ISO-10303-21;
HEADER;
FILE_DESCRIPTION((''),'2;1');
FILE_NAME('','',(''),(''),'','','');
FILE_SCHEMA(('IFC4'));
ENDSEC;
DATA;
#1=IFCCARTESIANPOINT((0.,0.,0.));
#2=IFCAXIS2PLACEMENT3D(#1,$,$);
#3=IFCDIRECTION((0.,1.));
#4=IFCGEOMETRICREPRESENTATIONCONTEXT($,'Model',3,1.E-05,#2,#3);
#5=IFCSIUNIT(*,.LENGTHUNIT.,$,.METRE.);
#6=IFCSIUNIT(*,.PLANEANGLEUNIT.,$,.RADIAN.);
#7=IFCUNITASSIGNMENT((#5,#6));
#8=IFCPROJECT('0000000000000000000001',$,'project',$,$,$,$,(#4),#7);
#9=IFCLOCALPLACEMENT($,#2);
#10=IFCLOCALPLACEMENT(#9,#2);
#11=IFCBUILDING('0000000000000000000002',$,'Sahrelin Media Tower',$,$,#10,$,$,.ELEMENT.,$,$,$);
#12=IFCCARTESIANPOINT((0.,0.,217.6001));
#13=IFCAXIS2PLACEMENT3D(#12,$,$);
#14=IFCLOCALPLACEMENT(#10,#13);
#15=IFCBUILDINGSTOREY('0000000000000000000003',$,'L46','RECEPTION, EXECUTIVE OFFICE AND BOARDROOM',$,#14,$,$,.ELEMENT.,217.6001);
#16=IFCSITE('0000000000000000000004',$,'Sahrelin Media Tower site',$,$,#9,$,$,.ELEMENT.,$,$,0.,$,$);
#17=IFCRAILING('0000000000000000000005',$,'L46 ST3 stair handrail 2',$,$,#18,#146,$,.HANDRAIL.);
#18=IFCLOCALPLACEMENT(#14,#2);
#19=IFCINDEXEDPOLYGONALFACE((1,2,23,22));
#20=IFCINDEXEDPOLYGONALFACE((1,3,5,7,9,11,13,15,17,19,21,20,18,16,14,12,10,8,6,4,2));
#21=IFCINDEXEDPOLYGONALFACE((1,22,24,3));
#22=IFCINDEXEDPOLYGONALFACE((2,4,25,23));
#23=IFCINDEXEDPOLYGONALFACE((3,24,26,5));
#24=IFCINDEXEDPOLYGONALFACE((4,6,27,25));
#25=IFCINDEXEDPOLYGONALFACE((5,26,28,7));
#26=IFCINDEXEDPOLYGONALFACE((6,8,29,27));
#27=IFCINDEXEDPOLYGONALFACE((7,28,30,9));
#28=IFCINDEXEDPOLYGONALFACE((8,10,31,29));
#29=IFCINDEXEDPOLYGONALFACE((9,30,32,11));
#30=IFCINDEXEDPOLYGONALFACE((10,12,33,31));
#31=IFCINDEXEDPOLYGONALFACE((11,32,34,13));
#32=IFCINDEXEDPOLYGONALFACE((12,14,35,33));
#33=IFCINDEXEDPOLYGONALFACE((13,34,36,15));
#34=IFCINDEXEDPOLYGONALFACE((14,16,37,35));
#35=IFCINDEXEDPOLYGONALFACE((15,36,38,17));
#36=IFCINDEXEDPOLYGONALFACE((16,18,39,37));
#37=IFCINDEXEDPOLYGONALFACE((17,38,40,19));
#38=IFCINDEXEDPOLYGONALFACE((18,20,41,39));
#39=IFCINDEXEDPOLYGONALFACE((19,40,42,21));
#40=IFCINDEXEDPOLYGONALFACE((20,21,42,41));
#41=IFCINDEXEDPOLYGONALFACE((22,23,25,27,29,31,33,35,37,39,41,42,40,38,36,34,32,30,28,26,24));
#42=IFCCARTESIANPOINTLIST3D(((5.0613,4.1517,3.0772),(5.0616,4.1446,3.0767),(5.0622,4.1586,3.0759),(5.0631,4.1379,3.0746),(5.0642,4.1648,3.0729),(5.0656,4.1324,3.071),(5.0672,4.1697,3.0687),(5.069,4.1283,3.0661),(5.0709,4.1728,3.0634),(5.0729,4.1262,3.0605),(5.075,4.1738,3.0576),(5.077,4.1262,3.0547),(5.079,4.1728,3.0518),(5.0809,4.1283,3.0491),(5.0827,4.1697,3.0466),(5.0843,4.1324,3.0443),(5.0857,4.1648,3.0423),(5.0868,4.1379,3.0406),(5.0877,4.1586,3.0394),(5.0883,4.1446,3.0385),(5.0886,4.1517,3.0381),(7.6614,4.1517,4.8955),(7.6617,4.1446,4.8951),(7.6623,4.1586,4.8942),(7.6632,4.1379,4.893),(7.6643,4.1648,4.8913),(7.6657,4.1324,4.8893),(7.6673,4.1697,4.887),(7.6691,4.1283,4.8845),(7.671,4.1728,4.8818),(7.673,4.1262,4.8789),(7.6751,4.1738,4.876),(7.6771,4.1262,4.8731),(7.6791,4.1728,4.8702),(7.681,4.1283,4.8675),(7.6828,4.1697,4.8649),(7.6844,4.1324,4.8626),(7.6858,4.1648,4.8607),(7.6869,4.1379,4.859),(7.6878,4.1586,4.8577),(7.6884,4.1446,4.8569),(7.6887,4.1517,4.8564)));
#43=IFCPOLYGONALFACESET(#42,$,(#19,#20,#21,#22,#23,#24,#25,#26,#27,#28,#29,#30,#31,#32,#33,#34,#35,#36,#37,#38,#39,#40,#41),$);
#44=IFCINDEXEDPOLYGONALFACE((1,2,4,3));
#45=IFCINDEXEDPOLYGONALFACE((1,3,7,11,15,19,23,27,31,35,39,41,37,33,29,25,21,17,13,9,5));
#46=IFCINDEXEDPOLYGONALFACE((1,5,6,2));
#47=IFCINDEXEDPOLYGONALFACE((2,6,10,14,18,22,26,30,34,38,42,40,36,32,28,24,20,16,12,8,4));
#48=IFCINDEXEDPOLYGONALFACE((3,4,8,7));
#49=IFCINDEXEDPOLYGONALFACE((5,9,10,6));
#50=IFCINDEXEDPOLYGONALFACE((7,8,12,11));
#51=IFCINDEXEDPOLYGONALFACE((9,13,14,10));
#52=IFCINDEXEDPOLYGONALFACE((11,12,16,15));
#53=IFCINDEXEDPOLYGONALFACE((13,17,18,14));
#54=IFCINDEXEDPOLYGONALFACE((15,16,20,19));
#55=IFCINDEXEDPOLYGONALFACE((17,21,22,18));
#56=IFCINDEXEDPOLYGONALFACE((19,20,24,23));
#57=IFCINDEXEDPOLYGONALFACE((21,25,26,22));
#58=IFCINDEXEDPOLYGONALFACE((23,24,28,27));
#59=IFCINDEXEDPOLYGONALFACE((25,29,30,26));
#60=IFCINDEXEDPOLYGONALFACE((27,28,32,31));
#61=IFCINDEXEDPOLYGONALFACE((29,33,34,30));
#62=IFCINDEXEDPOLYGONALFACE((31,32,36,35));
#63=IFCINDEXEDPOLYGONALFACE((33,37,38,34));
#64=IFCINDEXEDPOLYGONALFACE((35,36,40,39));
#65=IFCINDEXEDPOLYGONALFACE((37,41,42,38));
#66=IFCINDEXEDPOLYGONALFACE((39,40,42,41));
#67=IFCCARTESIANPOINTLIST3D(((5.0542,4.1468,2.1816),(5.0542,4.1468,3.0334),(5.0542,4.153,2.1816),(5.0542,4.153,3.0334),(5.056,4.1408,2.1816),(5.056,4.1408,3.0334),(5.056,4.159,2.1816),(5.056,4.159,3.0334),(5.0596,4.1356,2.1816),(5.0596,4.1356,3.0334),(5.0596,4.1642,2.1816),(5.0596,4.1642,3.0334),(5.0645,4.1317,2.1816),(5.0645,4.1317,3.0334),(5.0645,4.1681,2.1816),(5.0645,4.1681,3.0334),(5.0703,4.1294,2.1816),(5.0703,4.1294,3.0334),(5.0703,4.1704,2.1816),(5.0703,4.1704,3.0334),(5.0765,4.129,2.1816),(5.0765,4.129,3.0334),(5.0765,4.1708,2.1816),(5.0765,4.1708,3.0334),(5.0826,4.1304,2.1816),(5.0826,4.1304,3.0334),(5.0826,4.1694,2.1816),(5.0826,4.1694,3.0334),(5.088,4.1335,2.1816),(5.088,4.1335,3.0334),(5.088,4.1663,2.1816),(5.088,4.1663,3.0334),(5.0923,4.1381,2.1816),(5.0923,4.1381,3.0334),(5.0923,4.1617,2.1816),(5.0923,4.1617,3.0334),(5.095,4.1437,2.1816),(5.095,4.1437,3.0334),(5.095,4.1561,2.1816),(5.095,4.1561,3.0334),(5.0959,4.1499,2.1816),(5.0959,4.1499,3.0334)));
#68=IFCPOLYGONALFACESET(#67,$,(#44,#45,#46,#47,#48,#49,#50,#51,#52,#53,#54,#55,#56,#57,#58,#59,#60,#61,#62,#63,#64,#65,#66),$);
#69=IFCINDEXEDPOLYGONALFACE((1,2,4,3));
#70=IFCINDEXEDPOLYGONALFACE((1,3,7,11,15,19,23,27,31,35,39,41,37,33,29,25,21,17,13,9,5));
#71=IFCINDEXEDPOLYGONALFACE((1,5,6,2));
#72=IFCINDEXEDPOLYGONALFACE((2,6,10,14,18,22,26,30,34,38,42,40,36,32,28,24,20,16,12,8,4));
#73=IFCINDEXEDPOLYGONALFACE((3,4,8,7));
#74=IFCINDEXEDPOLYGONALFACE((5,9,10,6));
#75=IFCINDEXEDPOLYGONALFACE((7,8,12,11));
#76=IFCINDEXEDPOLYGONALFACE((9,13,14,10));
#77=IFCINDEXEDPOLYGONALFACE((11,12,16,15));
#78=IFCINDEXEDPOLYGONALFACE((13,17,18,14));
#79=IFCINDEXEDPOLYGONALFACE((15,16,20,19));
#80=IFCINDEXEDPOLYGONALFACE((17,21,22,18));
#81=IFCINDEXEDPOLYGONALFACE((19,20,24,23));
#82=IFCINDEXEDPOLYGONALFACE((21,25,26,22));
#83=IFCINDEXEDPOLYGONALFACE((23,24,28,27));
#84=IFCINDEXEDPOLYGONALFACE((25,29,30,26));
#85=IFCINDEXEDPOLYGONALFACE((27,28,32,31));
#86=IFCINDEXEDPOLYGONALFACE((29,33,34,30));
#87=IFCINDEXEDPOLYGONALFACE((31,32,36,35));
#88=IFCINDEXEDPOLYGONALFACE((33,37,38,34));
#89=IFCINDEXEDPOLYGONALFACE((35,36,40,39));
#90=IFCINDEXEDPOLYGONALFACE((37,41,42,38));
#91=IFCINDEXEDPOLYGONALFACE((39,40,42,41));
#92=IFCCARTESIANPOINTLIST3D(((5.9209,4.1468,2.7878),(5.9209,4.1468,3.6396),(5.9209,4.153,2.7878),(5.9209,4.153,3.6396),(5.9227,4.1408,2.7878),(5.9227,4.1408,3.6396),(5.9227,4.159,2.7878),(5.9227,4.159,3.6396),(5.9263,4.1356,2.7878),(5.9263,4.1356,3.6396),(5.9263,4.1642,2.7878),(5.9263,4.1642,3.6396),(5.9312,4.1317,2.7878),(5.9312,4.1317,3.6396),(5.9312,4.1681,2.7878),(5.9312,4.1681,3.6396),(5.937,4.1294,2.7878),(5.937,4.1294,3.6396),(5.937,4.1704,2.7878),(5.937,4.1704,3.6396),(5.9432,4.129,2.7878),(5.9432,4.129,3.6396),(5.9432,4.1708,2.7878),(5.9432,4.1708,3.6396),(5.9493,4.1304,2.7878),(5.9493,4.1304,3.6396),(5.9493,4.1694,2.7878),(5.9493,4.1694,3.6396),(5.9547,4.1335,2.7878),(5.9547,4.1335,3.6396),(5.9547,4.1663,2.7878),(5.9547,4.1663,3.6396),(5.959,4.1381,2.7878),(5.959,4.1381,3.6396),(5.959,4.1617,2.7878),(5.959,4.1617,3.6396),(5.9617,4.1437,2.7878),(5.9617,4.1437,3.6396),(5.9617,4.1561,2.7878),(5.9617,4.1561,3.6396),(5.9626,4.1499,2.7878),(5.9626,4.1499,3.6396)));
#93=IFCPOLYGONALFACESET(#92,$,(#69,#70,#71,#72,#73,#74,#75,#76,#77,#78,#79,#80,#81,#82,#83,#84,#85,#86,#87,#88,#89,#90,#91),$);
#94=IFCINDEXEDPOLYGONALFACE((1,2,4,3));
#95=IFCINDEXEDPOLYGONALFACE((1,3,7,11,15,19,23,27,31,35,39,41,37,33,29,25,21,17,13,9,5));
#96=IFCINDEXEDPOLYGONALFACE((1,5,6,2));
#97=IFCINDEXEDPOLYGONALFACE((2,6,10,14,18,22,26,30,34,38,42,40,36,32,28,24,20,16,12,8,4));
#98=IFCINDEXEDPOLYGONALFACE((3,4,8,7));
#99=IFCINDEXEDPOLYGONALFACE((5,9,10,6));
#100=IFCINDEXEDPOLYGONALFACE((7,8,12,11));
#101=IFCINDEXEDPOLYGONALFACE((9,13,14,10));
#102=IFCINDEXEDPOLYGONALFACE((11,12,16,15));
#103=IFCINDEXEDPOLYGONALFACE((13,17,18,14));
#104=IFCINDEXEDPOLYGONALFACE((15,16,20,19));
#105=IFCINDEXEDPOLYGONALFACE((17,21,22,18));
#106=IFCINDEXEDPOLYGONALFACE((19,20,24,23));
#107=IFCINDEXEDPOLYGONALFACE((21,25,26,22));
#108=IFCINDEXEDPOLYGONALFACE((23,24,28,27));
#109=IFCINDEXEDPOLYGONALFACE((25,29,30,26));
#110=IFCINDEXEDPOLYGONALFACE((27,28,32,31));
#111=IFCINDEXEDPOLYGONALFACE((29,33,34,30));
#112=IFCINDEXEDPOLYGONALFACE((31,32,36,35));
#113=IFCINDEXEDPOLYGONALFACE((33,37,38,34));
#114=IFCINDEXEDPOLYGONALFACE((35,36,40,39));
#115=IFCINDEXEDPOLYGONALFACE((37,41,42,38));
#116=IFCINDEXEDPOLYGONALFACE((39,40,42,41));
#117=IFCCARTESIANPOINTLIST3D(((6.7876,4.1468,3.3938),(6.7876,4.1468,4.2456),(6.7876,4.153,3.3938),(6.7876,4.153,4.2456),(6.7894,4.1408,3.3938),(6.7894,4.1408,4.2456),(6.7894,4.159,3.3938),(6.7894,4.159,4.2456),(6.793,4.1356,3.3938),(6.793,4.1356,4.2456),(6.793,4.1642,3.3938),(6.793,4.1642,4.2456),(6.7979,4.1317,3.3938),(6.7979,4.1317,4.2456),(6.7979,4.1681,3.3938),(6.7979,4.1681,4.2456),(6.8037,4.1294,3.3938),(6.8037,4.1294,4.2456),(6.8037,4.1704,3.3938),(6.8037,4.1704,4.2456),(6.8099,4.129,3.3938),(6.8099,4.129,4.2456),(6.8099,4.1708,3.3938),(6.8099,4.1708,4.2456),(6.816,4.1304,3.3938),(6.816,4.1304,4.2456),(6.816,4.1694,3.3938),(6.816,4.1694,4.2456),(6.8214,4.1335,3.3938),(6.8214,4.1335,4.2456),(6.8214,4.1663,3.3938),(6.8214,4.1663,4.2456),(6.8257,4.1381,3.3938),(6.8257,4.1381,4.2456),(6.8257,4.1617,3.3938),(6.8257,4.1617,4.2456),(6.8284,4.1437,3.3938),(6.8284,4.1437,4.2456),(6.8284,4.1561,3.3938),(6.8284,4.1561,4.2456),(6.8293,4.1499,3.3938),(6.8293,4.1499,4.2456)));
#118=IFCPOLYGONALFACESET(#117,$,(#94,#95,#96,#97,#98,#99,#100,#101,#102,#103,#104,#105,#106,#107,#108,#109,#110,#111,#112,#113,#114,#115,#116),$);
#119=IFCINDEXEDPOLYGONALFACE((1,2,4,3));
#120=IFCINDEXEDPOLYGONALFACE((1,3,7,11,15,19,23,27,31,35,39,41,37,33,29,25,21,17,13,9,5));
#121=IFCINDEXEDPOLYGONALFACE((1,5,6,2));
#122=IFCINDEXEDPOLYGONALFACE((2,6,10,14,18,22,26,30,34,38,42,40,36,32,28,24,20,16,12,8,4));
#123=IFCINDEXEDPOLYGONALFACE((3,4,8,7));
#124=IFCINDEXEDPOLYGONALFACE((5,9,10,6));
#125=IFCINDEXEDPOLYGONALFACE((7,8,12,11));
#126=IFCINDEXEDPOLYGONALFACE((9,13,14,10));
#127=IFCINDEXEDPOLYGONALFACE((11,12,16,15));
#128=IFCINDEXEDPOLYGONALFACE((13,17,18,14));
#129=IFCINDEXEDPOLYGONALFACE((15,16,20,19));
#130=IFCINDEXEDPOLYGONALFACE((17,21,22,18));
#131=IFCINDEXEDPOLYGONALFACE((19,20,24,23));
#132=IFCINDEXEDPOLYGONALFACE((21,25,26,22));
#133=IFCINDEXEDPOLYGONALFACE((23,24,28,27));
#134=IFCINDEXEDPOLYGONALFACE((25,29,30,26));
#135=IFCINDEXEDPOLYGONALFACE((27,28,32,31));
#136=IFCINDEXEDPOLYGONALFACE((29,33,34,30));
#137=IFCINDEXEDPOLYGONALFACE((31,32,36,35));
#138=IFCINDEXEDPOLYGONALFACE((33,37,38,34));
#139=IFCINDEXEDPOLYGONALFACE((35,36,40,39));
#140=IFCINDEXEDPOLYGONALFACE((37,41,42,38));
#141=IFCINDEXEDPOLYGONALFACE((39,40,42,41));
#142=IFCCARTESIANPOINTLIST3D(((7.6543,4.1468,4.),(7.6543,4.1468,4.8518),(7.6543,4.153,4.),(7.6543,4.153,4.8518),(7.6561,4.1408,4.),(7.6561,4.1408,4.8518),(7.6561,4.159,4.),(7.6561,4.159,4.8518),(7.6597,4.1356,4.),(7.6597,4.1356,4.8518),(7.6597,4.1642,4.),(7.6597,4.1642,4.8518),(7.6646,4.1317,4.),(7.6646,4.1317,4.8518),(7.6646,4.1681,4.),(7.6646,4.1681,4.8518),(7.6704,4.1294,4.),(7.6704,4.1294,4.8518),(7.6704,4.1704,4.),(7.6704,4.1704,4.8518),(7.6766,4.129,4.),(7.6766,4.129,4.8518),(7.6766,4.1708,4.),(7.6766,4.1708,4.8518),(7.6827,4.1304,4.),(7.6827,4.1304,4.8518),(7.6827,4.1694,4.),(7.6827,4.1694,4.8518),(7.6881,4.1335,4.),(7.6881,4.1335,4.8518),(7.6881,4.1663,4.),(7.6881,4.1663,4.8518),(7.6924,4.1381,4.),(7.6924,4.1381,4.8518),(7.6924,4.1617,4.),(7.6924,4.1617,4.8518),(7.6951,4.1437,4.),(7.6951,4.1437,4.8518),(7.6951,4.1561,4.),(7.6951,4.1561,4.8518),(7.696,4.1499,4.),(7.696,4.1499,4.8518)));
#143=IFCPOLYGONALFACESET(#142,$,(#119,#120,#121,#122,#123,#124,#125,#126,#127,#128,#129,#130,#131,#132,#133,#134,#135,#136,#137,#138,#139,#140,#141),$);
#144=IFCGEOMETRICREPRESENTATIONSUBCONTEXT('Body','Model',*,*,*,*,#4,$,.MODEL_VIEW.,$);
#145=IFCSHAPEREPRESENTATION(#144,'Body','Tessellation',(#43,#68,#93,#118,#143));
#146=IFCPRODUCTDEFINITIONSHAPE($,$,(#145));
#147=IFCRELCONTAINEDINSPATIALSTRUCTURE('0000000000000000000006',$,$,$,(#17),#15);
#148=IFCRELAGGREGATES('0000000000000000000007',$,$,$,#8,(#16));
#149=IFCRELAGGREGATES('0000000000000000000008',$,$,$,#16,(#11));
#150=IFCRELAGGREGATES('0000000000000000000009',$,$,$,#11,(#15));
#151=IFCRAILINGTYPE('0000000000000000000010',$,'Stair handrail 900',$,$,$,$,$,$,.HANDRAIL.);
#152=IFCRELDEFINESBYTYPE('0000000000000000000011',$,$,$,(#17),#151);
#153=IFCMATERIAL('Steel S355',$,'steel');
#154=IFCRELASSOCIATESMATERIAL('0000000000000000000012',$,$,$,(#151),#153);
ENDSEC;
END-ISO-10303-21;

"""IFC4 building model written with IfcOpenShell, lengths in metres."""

from ifc_helpers import new_model, si_unit, direction, frame, origin, origin_2d, place, context, subcontext, project, spatial, circle, extrude, material, type_object, element, save


model = new_model("IFC4")

# Units and contexts
model_context = context("Model", 3, precision=1e-05, world=origin(), true_north=direction((0.0, 1.0)))
body_context = subcontext(model_context, "Body", "Model", "MODEL_VIEW")
ifc_project = project(units=[si_unit("LENGTHUNIT", "METRE"), si_unit("PLANEANGLEUNIT", "RADIAN")], contexts=[model_context])

# Site, building, storey
site_placement = place(None, origin())
site = spatial("IfcSite", under=ifc_project, at=site_placement, Name="Sahrelin Media Tower site", CompositionType="ELEMENT", RefElevation=0.0)
building_placement = place(site_placement, origin())
building = spatial("IfcBuilding", under=site, at=building_placement, Name="Sahrelin Media Tower", CompositionType="ELEMENT")
storey_placement = place(building_placement, frame((0.0, 0.0, 217.6001)))
storey = spatial("IfcBuildingStorey", under=building, at=storey_placement, Name="L46", Description="RECEPTION, EXECUTIVE OFFICE AND BOARDROOM", CompositionType="ELEMENT", Elevation=217.6001)

# Shared definitions
ifc_material_1 = material(Name="Steel S355", Category="steel")

# Railing
railing_type_1 = type_object("IfcRailingType", Name="Stair handrail 900", PredefinedType="HANDRAIL", material=ifc_material_1)
railing_1_placement = place(storey_placement, frame((5.075, 4.1499, 2.1816)))
element("IfcRailing", 1, at=railing_1_placement, inside=storey, type_object=railing_type_1, Name="L46 ST3 stair handrail 2", PredefinedType="HANDRAIL", context=body_context, shape_type="SweptSolid", body=[
    extrude(circle(Radius=0.0239, at=origin_2d()), frame((0.0, 0.0, 0.876), z_axis=(0.819485, 0.0, 0.573101), x_axis=(0.0, 1.0, 0.0)), (0.0, 0.0, 1.0), 3.1729),
    extrude(circle(Radius=0.021, at=origin_2d()), origin(), (0.0, 0.0, 1.0), 0.8518),
    extrude(circle(Radius=0.021, at=origin_2d()), frame((0.8667, 0.0, 0.6062)), (0.0, 0.0, 1.0), 0.8518),
    extrude(circle(Radius=0.021, at=origin_2d()), frame((1.7334, 0.0, 1.2122)), (0.0, 0.0, 1.0), 0.8518),
    extrude(circle(Radius=0.021, at=origin_2d()), frame((2.6001, 0.0, 1.8184)), (0.0, 0.0, 1.0), 0.8518),
])

save(model, "model.ifc")
